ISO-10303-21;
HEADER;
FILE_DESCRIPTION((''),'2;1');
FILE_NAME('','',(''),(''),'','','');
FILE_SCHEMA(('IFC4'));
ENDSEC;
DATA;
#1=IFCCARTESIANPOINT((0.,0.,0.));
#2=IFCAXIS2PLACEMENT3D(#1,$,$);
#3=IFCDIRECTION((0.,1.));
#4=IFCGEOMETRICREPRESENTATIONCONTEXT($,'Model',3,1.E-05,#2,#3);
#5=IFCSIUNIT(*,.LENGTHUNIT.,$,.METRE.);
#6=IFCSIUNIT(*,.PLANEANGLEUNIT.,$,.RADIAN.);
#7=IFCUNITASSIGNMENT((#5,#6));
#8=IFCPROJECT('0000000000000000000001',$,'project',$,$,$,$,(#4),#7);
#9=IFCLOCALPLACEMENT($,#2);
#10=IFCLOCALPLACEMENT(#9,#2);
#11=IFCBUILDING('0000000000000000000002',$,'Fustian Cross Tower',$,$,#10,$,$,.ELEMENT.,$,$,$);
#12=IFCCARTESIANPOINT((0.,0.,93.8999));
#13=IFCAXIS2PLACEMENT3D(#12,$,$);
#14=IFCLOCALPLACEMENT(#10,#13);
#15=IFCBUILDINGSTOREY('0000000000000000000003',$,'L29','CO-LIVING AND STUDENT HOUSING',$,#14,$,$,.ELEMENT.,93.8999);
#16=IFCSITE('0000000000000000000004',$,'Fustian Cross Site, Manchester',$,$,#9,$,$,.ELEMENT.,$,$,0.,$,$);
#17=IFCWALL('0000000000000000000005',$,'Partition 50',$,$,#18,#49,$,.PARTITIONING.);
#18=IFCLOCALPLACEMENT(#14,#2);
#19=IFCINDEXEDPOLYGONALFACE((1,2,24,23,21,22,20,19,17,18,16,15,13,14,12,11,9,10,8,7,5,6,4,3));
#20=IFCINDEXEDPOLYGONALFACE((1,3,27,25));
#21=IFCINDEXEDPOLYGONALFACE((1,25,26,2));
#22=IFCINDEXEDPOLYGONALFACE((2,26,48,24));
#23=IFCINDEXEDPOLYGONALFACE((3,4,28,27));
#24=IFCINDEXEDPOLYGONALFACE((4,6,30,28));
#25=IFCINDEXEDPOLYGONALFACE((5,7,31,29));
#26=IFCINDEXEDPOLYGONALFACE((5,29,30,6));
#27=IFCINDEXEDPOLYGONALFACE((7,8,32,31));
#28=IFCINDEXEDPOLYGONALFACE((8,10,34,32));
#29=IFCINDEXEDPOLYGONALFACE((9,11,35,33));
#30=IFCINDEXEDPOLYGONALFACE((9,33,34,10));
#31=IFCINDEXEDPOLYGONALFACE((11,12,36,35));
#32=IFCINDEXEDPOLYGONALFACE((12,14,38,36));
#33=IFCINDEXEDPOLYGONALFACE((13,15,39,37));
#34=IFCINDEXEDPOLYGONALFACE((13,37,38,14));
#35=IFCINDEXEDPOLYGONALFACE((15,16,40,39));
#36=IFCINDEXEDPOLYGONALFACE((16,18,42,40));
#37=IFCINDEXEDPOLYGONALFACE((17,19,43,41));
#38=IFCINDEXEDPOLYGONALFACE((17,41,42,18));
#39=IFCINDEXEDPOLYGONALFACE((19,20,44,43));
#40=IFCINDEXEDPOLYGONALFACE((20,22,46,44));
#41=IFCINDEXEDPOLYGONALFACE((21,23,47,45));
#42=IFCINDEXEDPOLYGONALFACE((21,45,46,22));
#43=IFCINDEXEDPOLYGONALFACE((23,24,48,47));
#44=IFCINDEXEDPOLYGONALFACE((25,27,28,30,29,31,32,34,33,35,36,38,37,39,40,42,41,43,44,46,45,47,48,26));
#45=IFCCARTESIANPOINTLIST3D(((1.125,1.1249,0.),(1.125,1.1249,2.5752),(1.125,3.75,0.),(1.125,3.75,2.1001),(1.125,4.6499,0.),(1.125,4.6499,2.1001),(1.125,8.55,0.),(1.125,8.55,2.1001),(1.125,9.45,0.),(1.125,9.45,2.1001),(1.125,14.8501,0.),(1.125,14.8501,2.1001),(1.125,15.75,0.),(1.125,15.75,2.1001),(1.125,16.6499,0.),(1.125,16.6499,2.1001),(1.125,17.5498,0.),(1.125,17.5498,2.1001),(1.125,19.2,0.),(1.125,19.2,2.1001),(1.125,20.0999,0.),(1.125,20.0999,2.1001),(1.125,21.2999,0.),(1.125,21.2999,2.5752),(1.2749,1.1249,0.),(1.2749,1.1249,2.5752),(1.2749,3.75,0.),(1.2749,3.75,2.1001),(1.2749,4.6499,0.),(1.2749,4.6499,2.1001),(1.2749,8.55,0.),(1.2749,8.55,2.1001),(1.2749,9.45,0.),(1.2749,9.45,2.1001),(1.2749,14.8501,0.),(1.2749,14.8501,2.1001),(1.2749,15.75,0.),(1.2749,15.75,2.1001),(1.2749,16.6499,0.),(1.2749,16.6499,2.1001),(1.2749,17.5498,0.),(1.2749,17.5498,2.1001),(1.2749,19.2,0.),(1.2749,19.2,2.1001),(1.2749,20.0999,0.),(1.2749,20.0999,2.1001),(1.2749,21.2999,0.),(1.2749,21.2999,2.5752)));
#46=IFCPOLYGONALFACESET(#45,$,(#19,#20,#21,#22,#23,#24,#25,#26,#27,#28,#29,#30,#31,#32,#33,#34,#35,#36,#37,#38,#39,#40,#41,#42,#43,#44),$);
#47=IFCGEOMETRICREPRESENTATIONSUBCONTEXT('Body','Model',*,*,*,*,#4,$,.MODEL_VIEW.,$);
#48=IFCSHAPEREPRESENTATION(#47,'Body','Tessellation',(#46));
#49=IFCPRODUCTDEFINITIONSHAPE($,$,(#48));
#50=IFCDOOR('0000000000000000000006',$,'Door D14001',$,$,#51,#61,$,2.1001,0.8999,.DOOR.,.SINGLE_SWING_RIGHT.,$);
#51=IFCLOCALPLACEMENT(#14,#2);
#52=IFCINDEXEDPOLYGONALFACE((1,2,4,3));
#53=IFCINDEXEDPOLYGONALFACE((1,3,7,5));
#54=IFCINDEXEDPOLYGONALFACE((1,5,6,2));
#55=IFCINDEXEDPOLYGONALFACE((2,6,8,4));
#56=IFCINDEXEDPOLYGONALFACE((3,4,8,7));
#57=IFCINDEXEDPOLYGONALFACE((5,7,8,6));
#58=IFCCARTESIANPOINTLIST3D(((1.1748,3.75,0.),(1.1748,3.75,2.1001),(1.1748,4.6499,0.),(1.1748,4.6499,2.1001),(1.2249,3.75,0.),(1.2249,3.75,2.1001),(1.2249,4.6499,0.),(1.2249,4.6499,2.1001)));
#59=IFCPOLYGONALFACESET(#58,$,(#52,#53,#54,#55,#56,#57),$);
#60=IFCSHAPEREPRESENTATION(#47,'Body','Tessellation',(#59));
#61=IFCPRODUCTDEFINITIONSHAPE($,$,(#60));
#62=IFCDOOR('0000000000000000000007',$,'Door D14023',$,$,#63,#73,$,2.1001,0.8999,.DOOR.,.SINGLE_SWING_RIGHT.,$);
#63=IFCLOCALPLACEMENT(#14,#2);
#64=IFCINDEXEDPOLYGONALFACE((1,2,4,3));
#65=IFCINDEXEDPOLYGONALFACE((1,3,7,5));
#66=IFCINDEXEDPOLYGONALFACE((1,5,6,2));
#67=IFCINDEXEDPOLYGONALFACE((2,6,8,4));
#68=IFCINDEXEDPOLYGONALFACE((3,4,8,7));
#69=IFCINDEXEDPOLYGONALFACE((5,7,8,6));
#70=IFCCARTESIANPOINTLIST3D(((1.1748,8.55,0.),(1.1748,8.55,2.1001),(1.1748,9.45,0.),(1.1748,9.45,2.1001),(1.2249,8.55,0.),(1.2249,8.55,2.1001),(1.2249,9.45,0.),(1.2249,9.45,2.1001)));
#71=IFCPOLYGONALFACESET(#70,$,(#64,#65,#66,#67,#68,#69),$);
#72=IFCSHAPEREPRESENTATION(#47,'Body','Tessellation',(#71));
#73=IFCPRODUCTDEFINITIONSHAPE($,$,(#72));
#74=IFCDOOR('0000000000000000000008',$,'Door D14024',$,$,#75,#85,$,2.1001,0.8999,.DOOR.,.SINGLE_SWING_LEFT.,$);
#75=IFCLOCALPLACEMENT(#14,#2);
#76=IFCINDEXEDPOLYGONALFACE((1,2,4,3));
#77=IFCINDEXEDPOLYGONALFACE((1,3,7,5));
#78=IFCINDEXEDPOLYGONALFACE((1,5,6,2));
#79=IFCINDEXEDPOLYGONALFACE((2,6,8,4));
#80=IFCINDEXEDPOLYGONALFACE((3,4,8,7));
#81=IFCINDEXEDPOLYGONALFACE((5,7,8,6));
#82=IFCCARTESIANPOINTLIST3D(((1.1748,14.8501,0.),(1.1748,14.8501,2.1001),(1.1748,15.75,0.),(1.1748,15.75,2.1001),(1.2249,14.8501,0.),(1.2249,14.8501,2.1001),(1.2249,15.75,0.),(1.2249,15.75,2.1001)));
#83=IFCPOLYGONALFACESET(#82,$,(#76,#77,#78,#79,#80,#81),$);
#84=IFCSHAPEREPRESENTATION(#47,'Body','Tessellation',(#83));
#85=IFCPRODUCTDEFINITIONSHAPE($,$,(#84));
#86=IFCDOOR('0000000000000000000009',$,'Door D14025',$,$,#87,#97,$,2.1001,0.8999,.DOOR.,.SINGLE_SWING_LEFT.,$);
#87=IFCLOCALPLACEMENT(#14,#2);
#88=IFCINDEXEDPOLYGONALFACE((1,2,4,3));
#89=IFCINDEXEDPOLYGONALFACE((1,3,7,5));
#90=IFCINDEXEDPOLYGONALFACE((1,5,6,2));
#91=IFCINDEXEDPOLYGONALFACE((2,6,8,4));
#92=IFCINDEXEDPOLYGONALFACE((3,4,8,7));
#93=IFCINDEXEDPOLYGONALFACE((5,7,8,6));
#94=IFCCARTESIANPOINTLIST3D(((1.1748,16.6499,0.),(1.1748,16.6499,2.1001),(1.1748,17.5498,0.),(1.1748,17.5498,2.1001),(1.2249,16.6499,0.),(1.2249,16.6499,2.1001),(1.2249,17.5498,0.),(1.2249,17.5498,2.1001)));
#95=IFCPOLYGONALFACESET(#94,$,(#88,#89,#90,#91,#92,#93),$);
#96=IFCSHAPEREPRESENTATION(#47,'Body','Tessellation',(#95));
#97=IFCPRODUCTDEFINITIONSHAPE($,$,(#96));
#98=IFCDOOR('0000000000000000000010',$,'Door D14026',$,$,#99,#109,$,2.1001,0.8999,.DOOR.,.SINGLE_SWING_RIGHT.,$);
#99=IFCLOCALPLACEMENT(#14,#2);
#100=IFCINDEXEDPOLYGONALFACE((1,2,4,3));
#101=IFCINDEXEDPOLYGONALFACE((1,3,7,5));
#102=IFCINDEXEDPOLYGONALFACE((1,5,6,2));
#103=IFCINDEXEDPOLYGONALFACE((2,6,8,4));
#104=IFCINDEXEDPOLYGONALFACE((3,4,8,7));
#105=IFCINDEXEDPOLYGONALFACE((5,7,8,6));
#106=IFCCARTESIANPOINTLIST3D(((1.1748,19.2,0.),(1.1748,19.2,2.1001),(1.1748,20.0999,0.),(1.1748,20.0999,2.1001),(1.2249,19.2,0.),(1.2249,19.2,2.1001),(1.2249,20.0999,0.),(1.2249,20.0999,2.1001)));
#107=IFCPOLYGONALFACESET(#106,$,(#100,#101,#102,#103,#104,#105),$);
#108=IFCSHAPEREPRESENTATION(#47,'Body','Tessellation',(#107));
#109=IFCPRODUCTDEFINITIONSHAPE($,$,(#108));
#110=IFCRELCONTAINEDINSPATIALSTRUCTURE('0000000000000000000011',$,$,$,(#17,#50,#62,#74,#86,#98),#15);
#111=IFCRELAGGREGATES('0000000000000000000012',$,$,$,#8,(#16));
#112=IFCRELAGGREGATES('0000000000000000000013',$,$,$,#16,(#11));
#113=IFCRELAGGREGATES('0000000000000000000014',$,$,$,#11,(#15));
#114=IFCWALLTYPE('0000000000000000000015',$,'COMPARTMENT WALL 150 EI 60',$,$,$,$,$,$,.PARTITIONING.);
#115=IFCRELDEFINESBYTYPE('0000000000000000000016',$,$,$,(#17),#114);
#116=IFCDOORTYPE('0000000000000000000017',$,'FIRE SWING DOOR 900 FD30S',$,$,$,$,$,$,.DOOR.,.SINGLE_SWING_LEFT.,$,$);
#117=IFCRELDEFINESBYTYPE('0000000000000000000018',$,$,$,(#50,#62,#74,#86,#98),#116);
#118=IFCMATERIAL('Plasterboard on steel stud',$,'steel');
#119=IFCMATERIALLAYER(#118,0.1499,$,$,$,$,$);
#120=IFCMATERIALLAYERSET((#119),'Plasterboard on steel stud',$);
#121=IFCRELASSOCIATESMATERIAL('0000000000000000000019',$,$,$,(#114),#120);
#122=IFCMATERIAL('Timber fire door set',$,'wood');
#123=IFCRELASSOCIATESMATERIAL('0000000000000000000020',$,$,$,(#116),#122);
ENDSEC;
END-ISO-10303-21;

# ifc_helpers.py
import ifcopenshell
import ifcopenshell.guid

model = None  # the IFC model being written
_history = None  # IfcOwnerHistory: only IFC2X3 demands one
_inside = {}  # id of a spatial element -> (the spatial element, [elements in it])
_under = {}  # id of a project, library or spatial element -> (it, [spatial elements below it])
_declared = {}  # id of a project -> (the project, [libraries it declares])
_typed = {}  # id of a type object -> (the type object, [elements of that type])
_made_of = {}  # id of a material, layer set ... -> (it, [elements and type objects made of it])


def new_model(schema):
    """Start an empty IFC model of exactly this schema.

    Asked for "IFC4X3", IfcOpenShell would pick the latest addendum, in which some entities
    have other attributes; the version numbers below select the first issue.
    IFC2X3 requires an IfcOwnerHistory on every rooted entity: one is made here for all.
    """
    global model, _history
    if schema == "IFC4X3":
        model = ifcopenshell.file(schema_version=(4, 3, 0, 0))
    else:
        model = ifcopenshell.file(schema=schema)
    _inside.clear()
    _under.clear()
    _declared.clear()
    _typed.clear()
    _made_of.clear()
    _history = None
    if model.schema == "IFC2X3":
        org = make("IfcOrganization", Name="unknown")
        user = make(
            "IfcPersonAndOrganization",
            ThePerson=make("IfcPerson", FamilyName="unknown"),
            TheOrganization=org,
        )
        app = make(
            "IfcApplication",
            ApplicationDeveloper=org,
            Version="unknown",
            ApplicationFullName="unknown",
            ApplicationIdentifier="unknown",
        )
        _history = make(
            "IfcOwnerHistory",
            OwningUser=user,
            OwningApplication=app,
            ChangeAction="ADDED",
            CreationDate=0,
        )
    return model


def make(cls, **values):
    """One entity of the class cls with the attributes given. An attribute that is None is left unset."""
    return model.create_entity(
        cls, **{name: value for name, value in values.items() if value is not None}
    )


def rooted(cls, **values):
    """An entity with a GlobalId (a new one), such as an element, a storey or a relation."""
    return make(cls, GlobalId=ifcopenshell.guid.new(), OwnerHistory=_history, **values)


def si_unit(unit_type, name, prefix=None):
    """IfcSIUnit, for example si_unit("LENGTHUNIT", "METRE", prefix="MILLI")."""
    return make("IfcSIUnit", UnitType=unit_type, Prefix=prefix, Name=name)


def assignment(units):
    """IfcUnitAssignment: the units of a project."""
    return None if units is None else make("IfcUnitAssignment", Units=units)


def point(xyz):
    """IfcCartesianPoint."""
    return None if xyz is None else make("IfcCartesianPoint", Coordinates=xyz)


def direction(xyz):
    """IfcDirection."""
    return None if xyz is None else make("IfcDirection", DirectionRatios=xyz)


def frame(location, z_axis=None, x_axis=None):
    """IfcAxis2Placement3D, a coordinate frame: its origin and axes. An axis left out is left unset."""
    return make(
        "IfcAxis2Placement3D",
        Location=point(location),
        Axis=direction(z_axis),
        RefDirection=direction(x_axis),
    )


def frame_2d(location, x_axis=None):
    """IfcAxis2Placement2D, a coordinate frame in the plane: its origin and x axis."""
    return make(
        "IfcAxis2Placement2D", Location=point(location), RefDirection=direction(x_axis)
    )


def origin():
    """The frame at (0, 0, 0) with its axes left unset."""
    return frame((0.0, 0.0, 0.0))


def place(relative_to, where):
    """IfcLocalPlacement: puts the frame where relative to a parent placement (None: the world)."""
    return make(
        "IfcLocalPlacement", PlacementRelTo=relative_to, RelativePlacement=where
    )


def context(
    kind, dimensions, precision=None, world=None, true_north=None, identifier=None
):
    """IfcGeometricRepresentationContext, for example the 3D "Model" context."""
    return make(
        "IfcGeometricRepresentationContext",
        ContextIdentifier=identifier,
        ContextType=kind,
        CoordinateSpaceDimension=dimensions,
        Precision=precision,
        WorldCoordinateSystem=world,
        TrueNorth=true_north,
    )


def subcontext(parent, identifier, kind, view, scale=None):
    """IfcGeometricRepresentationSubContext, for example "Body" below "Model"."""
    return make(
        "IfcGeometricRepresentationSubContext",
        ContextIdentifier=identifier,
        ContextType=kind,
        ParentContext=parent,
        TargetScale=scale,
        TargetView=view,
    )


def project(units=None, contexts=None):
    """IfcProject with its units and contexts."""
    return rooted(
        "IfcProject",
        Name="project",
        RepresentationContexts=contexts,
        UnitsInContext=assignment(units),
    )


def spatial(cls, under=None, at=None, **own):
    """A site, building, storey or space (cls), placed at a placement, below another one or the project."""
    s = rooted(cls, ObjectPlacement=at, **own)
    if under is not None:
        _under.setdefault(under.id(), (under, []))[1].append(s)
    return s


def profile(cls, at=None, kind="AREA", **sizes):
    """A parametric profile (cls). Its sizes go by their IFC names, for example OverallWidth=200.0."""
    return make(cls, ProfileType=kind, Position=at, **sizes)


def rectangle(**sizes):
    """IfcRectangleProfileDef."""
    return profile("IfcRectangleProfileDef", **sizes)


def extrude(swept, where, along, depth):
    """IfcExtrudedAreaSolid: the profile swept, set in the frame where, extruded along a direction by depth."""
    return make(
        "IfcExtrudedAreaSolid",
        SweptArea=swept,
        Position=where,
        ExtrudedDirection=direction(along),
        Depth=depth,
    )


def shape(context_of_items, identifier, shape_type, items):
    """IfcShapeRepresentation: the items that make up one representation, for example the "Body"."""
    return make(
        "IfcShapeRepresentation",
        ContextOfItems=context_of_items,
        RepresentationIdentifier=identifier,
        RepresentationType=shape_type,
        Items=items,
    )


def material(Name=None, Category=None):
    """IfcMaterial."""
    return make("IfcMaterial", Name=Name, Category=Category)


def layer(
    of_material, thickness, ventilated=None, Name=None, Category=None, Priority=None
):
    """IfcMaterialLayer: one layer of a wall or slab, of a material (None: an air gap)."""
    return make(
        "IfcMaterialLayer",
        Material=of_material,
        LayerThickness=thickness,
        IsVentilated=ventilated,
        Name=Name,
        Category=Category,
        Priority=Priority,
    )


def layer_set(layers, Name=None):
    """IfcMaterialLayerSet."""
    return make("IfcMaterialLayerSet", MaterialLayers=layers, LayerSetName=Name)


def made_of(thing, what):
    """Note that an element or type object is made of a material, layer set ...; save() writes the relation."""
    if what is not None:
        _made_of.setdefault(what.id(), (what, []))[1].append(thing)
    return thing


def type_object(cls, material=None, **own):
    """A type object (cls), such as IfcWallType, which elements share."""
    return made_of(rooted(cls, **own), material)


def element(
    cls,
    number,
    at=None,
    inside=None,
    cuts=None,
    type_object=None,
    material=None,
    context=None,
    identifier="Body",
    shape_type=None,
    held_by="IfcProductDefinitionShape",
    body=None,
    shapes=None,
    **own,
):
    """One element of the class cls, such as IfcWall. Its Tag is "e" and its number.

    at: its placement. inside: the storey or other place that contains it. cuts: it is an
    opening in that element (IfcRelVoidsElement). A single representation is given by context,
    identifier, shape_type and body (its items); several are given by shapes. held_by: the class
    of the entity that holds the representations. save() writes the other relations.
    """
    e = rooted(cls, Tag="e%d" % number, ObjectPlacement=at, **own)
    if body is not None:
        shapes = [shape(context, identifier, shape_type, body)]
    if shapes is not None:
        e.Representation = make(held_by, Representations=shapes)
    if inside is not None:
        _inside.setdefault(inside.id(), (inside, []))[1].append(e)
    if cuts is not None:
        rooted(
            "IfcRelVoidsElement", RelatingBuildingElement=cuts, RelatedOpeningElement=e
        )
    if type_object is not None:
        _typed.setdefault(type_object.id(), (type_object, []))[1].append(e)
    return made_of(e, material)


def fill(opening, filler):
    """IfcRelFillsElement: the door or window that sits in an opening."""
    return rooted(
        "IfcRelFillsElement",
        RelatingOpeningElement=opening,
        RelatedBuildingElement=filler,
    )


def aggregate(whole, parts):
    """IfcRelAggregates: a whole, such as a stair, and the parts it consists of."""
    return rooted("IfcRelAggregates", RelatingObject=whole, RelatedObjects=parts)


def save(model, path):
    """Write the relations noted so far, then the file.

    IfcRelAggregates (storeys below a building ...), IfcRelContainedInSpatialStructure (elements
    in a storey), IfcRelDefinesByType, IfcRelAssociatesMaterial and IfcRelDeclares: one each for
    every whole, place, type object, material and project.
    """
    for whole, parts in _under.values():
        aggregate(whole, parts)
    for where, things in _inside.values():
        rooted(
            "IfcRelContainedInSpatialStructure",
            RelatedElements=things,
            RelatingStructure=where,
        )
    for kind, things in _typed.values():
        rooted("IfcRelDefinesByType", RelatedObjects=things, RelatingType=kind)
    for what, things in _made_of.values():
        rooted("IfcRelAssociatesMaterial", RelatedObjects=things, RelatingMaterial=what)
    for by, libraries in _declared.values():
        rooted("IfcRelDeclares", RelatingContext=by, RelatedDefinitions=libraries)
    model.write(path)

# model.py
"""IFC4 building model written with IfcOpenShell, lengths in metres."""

from ifc_helpers import new_model, si_unit, direction, frame, frame_2d, origin, place, context, subcontext, project, spatial, rectangle, extrude, material, layer, layer_set, type_object, element, fill, save


model = new_model("IFC4")

# Units and contexts
model_context = context("Model", 3, precision=1e-05, world=origin(), true_north=direction((0.0, 1.0)))
body_context = subcontext(model_context, "Body", "Model", "MODEL_VIEW")
ifc_project = project(units=[si_unit("LENGTHUNIT", "METRE"), si_unit("PLANEANGLEUNIT", "RADIAN")], contexts=[model_context])

# Site, building, storey
site_placement = place(None, origin())
site = spatial("IfcSite", under=ifc_project, at=site_placement, Name="Fustian Cross Site, Manchester", CompositionType="ELEMENT", RefElevation=0.0)
building_placement = place(site_placement, origin())
building = spatial("IfcBuilding", under=site, at=building_placement, Name="Fustian Cross Tower", CompositionType="ELEMENT")
storey_placement = place(building_placement, frame((0.0, 0.0, 93.8999)))
storey = spatial("IfcBuildingStorey", under=building, at=storey_placement, Name="L29", Description="CO-LIVING AND STUDENT HOUSING", CompositionType="ELEMENT", Elevation=93.8999)

# Shared definitions
ifc_material_1 = material(Name="Plasterboard on steel stud", Category="steel")
ifc_layer_1 = layer(ifc_material_1, 0.1499)
ifc_layer_set_1 = layer_set([ifc_layer_1], Name="Plasterboard on steel stud")
wall_type_1 = type_object("IfcWallType", Name="COMPARTMENT WALL 150 EI 60", PredefinedType="PARTITIONING", material=ifc_layer_set_1)
ifc_material_2 = material(Name="Timber fire door set", Category="wood")
door_type_1 = type_object("IfcDoorType", Name="FIRE SWING DOOR 900 FD30S", OperationType="SINGLE_SWING_LEFT", PredefinedType="DOOR", material=ifc_material_2)

# Wall, openings, doors
wall_1_placement = place(storey_placement, frame((1.2, 1.125, 0.0), z_axis=(0.0, 0.0, 1.0), x_axis=(0.0, 1.0, 0.0)))
wall_1 = element("IfcWall", 1, at=wall_1_placement, inside=storey, type_object=wall_type_1, Name="Partition 50", PredefinedType="PARTITIONING", context=body_context, shape_type="SweptSolid", body=[
    extrude(rectangle(XDim=20.175, YDim=0.1499, at=frame_2d((10.0874, 0.0))), origin(), (0.0, 0.0, 1.0), 2.5752),
])
opening_1_placement = place(wall_1_placement, frame((2.625, 0.0, 0.0)))
opening_1 = element("IfcOpeningElement", 2, at=opening_1_placement, cuts=wall_1, PredefinedType="OPENING", context=body_context, shape_type="SweptSolid", body=[
    extrude(rectangle(XDim=0.8999, YDim=2.1001, at=frame_2d((0.45, 1.05))), frame((0.0, 0.085, 0.0), z_axis=(0.0, -1.0, 0.0), x_axis=(1.0, 0.0, 0.0)), (0.0, 0.0, 1.0), 0.1699),
])
opening_2_placement = place(wall_1_placement, frame((7.425, 0.0, 0.0)))
opening_2 = element("IfcOpeningElement", 3, at=opening_2_placement, cuts=wall_1, PredefinedType="OPENING", context=body_context, shape_type="SweptSolid", body=[
    extrude(rectangle(XDim=0.8999, YDim=2.1001, at=frame_2d((0.45, 1.05))), frame((0.0, 0.085, 0.0), z_axis=(0.0, -1.0, 0.0), x_axis=(1.0, 0.0, 0.0)), (0.0, 0.0, 1.0), 0.1699),
])
opening_3_placement = place(wall_1_placement, frame((13.7251, 0.0, 0.0)))
opening_3 = element("IfcOpeningElement", 4, at=opening_3_placement, cuts=wall_1, PredefinedType="OPENING", context=body_context, shape_type="SweptSolid", body=[
    extrude(rectangle(XDim=0.8999, YDim=2.1001, at=frame_2d((0.45, 1.05))), frame((0.0, 0.085, 0.0), z_axis=(0.0, -1.0, 0.0), x_axis=(1.0, 0.0, 0.0)), (0.0, 0.0, 1.0), 0.1699),
])
opening_4_placement = place(wall_1_placement, frame((15.5249, 0.0, 0.0)))
opening_4 = element("IfcOpeningElement", 5, at=opening_4_placement, cuts=wall_1, PredefinedType="OPENING", context=body_context, shape_type="SweptSolid", body=[
    extrude(rectangle(XDim=0.8999, YDim=2.1001, at=frame_2d((0.45, 1.05))), frame((0.0, 0.085, 0.0), z_axis=(0.0, -1.0, 0.0), x_axis=(1.0, 0.0, 0.0)), (0.0, 0.0, 1.0), 0.1699),
])
opening_5_placement = place(wall_1_placement, frame((18.075, 0.0, 0.0)))
opening_5 = element("IfcOpeningElement", 6, at=opening_5_placement, cuts=wall_1, PredefinedType="OPENING", context=body_context, shape_type="SweptSolid", body=[
    extrude(rectangle(XDim=0.8999, YDim=2.1001, at=frame_2d((0.45, 1.05))), frame((0.0, 0.085, 0.0), z_axis=(0.0, -1.0, 0.0), x_axis=(1.0, 0.0, 0.0)), (0.0, 0.0, 1.0), 0.1699),
])
door_1_placement = place(opening_1_placement, frame((0.8999, 0.0, 0.0), z_axis=(0.0, 0.0, 1.0), x_axis=(-1.0, 0.0, 0.0)))
door_1 = element("IfcDoor", 7, at=door_1_placement, inside=storey, type_object=door_type_1, Name="Door D14001", OperationType="SINGLE_SWING_RIGHT", OverallHeight=2.1001, OverallWidth=0.8999, PredefinedType="DOOR", context=body_context, shape_type="SweptSolid", body=[
    extrude(rectangle(XDim=0.8999, YDim=2.1001, at=frame_2d((0.45, 1.05))), frame((0.0, 0.0249, 0.0), z_axis=(0.0, -1.0, 0.0), x_axis=(1.0, 0.0, 0.0)), (0.0, 0.0, 1.0), 0.05),
])
fill(opening_1, door_1)
door_2_placement = place(opening_2_placement, frame((0.8999, 0.0, 0.0), z_axis=(0.0, 0.0, 1.0), x_axis=(-1.0, 0.0, 0.0)))
door_2 = element("IfcDoor", 8, at=door_2_placement, inside=storey, type_object=door_type_1, Name="Door D14023", OperationType="SINGLE_SWING_RIGHT", OverallHeight=2.1001, OverallWidth=0.8999, PredefinedType="DOOR", context=body_context, shape_type="SweptSolid", body=[
    extrude(rectangle(XDim=0.8999, YDim=2.1001, at=frame_2d((0.45, 1.05))), frame((0.0, 0.0249, 0.0), z_axis=(0.0, -1.0, 0.0), x_axis=(1.0, 0.0, 0.0)), (0.0, 0.0, 1.0), 0.05),
])
fill(opening_2, door_2)
door_3_placement = place(opening_3_placement, frame((0.8999, 0.0, 0.0), z_axis=(0.0, 0.0, 1.0), x_axis=(-1.0, 0.0, 0.0)))
door_3 = element("IfcDoor", 9, at=door_3_placement, inside=storey, type_object=door_type_1, Name="Door D14024", OperationType="SINGLE_SWING_LEFT", OverallHeight=2.1001, OverallWidth=0.8999, PredefinedType="DOOR", context=body_context, shape_type="SweptSolid", body=[
    extrude(rectangle(XDim=0.8999, YDim=2.1001, at=frame_2d((0.45, 1.05))), frame((0.0, 0.0249, 0.0), z_axis=(0.0, -1.0, 0.0), x_axis=(1.0, 0.0, 0.0)), (0.0, 0.0, 1.0), 0.05),
])
fill(opening_3, door_3)
door_4_placement = place(opening_4_placement, frame((0.8999, 0.0, 0.0), z_axis=(0.0, 0.0, 1.0), x_axis=(-1.0, 0.0, 0.0)))
door_4 = element("IfcDoor", 10, at=door_4_placement, inside=storey, type_object=door_type_1, Name="Door D14025", OperationType="SINGLE_SWING_LEFT", OverallHeight=2.1001, OverallWidth=0.8999, PredefinedType="DOOR", context=body_context, shape_type="SweptSolid", body=[
    extrude(rectangle(XDim=0.8999, YDim=2.1001, at=frame_2d((0.45, 1.05))), frame((0.0, 0.0249, 0.0), z_axis=(0.0, -1.0, 0.0), x_axis=(1.0, 0.0, 0.0)), (0.0, 0.0, 1.0), 0.05),
])
fill(opening_4, door_4)
door_5_placement = place(opening_5_placement, frame((0.8999, 0.0, 0.0), z_axis=(0.0, 0.0, 1.0), x_axis=(-1.0, 0.0, 0.0)))
door_5 = element("IfcDoor", 11, at=door_5_placement, inside=storey, type_object=door_type_1, Name="Door D14026", OperationType="SINGLE_SWING_RIGHT", OverallHeight=2.1001, OverallWidth=0.8999, PredefinedType="DOOR", context=body_context, shape_type="SweptSolid", body=[
    extrude(rectangle(XDim=0.8999, YDim=2.1001, at=frame_2d((0.45, 1.05))), frame((0.0, 0.0249, 0.0), z_axis=(0.0, -1.0, 0.0), x_axis=(1.0, 0.0, 0.0)), (0.0, 0.0, 1.0), 0.05),
])
fill(opening_5, door_5)

save(model, "model.ifc")
